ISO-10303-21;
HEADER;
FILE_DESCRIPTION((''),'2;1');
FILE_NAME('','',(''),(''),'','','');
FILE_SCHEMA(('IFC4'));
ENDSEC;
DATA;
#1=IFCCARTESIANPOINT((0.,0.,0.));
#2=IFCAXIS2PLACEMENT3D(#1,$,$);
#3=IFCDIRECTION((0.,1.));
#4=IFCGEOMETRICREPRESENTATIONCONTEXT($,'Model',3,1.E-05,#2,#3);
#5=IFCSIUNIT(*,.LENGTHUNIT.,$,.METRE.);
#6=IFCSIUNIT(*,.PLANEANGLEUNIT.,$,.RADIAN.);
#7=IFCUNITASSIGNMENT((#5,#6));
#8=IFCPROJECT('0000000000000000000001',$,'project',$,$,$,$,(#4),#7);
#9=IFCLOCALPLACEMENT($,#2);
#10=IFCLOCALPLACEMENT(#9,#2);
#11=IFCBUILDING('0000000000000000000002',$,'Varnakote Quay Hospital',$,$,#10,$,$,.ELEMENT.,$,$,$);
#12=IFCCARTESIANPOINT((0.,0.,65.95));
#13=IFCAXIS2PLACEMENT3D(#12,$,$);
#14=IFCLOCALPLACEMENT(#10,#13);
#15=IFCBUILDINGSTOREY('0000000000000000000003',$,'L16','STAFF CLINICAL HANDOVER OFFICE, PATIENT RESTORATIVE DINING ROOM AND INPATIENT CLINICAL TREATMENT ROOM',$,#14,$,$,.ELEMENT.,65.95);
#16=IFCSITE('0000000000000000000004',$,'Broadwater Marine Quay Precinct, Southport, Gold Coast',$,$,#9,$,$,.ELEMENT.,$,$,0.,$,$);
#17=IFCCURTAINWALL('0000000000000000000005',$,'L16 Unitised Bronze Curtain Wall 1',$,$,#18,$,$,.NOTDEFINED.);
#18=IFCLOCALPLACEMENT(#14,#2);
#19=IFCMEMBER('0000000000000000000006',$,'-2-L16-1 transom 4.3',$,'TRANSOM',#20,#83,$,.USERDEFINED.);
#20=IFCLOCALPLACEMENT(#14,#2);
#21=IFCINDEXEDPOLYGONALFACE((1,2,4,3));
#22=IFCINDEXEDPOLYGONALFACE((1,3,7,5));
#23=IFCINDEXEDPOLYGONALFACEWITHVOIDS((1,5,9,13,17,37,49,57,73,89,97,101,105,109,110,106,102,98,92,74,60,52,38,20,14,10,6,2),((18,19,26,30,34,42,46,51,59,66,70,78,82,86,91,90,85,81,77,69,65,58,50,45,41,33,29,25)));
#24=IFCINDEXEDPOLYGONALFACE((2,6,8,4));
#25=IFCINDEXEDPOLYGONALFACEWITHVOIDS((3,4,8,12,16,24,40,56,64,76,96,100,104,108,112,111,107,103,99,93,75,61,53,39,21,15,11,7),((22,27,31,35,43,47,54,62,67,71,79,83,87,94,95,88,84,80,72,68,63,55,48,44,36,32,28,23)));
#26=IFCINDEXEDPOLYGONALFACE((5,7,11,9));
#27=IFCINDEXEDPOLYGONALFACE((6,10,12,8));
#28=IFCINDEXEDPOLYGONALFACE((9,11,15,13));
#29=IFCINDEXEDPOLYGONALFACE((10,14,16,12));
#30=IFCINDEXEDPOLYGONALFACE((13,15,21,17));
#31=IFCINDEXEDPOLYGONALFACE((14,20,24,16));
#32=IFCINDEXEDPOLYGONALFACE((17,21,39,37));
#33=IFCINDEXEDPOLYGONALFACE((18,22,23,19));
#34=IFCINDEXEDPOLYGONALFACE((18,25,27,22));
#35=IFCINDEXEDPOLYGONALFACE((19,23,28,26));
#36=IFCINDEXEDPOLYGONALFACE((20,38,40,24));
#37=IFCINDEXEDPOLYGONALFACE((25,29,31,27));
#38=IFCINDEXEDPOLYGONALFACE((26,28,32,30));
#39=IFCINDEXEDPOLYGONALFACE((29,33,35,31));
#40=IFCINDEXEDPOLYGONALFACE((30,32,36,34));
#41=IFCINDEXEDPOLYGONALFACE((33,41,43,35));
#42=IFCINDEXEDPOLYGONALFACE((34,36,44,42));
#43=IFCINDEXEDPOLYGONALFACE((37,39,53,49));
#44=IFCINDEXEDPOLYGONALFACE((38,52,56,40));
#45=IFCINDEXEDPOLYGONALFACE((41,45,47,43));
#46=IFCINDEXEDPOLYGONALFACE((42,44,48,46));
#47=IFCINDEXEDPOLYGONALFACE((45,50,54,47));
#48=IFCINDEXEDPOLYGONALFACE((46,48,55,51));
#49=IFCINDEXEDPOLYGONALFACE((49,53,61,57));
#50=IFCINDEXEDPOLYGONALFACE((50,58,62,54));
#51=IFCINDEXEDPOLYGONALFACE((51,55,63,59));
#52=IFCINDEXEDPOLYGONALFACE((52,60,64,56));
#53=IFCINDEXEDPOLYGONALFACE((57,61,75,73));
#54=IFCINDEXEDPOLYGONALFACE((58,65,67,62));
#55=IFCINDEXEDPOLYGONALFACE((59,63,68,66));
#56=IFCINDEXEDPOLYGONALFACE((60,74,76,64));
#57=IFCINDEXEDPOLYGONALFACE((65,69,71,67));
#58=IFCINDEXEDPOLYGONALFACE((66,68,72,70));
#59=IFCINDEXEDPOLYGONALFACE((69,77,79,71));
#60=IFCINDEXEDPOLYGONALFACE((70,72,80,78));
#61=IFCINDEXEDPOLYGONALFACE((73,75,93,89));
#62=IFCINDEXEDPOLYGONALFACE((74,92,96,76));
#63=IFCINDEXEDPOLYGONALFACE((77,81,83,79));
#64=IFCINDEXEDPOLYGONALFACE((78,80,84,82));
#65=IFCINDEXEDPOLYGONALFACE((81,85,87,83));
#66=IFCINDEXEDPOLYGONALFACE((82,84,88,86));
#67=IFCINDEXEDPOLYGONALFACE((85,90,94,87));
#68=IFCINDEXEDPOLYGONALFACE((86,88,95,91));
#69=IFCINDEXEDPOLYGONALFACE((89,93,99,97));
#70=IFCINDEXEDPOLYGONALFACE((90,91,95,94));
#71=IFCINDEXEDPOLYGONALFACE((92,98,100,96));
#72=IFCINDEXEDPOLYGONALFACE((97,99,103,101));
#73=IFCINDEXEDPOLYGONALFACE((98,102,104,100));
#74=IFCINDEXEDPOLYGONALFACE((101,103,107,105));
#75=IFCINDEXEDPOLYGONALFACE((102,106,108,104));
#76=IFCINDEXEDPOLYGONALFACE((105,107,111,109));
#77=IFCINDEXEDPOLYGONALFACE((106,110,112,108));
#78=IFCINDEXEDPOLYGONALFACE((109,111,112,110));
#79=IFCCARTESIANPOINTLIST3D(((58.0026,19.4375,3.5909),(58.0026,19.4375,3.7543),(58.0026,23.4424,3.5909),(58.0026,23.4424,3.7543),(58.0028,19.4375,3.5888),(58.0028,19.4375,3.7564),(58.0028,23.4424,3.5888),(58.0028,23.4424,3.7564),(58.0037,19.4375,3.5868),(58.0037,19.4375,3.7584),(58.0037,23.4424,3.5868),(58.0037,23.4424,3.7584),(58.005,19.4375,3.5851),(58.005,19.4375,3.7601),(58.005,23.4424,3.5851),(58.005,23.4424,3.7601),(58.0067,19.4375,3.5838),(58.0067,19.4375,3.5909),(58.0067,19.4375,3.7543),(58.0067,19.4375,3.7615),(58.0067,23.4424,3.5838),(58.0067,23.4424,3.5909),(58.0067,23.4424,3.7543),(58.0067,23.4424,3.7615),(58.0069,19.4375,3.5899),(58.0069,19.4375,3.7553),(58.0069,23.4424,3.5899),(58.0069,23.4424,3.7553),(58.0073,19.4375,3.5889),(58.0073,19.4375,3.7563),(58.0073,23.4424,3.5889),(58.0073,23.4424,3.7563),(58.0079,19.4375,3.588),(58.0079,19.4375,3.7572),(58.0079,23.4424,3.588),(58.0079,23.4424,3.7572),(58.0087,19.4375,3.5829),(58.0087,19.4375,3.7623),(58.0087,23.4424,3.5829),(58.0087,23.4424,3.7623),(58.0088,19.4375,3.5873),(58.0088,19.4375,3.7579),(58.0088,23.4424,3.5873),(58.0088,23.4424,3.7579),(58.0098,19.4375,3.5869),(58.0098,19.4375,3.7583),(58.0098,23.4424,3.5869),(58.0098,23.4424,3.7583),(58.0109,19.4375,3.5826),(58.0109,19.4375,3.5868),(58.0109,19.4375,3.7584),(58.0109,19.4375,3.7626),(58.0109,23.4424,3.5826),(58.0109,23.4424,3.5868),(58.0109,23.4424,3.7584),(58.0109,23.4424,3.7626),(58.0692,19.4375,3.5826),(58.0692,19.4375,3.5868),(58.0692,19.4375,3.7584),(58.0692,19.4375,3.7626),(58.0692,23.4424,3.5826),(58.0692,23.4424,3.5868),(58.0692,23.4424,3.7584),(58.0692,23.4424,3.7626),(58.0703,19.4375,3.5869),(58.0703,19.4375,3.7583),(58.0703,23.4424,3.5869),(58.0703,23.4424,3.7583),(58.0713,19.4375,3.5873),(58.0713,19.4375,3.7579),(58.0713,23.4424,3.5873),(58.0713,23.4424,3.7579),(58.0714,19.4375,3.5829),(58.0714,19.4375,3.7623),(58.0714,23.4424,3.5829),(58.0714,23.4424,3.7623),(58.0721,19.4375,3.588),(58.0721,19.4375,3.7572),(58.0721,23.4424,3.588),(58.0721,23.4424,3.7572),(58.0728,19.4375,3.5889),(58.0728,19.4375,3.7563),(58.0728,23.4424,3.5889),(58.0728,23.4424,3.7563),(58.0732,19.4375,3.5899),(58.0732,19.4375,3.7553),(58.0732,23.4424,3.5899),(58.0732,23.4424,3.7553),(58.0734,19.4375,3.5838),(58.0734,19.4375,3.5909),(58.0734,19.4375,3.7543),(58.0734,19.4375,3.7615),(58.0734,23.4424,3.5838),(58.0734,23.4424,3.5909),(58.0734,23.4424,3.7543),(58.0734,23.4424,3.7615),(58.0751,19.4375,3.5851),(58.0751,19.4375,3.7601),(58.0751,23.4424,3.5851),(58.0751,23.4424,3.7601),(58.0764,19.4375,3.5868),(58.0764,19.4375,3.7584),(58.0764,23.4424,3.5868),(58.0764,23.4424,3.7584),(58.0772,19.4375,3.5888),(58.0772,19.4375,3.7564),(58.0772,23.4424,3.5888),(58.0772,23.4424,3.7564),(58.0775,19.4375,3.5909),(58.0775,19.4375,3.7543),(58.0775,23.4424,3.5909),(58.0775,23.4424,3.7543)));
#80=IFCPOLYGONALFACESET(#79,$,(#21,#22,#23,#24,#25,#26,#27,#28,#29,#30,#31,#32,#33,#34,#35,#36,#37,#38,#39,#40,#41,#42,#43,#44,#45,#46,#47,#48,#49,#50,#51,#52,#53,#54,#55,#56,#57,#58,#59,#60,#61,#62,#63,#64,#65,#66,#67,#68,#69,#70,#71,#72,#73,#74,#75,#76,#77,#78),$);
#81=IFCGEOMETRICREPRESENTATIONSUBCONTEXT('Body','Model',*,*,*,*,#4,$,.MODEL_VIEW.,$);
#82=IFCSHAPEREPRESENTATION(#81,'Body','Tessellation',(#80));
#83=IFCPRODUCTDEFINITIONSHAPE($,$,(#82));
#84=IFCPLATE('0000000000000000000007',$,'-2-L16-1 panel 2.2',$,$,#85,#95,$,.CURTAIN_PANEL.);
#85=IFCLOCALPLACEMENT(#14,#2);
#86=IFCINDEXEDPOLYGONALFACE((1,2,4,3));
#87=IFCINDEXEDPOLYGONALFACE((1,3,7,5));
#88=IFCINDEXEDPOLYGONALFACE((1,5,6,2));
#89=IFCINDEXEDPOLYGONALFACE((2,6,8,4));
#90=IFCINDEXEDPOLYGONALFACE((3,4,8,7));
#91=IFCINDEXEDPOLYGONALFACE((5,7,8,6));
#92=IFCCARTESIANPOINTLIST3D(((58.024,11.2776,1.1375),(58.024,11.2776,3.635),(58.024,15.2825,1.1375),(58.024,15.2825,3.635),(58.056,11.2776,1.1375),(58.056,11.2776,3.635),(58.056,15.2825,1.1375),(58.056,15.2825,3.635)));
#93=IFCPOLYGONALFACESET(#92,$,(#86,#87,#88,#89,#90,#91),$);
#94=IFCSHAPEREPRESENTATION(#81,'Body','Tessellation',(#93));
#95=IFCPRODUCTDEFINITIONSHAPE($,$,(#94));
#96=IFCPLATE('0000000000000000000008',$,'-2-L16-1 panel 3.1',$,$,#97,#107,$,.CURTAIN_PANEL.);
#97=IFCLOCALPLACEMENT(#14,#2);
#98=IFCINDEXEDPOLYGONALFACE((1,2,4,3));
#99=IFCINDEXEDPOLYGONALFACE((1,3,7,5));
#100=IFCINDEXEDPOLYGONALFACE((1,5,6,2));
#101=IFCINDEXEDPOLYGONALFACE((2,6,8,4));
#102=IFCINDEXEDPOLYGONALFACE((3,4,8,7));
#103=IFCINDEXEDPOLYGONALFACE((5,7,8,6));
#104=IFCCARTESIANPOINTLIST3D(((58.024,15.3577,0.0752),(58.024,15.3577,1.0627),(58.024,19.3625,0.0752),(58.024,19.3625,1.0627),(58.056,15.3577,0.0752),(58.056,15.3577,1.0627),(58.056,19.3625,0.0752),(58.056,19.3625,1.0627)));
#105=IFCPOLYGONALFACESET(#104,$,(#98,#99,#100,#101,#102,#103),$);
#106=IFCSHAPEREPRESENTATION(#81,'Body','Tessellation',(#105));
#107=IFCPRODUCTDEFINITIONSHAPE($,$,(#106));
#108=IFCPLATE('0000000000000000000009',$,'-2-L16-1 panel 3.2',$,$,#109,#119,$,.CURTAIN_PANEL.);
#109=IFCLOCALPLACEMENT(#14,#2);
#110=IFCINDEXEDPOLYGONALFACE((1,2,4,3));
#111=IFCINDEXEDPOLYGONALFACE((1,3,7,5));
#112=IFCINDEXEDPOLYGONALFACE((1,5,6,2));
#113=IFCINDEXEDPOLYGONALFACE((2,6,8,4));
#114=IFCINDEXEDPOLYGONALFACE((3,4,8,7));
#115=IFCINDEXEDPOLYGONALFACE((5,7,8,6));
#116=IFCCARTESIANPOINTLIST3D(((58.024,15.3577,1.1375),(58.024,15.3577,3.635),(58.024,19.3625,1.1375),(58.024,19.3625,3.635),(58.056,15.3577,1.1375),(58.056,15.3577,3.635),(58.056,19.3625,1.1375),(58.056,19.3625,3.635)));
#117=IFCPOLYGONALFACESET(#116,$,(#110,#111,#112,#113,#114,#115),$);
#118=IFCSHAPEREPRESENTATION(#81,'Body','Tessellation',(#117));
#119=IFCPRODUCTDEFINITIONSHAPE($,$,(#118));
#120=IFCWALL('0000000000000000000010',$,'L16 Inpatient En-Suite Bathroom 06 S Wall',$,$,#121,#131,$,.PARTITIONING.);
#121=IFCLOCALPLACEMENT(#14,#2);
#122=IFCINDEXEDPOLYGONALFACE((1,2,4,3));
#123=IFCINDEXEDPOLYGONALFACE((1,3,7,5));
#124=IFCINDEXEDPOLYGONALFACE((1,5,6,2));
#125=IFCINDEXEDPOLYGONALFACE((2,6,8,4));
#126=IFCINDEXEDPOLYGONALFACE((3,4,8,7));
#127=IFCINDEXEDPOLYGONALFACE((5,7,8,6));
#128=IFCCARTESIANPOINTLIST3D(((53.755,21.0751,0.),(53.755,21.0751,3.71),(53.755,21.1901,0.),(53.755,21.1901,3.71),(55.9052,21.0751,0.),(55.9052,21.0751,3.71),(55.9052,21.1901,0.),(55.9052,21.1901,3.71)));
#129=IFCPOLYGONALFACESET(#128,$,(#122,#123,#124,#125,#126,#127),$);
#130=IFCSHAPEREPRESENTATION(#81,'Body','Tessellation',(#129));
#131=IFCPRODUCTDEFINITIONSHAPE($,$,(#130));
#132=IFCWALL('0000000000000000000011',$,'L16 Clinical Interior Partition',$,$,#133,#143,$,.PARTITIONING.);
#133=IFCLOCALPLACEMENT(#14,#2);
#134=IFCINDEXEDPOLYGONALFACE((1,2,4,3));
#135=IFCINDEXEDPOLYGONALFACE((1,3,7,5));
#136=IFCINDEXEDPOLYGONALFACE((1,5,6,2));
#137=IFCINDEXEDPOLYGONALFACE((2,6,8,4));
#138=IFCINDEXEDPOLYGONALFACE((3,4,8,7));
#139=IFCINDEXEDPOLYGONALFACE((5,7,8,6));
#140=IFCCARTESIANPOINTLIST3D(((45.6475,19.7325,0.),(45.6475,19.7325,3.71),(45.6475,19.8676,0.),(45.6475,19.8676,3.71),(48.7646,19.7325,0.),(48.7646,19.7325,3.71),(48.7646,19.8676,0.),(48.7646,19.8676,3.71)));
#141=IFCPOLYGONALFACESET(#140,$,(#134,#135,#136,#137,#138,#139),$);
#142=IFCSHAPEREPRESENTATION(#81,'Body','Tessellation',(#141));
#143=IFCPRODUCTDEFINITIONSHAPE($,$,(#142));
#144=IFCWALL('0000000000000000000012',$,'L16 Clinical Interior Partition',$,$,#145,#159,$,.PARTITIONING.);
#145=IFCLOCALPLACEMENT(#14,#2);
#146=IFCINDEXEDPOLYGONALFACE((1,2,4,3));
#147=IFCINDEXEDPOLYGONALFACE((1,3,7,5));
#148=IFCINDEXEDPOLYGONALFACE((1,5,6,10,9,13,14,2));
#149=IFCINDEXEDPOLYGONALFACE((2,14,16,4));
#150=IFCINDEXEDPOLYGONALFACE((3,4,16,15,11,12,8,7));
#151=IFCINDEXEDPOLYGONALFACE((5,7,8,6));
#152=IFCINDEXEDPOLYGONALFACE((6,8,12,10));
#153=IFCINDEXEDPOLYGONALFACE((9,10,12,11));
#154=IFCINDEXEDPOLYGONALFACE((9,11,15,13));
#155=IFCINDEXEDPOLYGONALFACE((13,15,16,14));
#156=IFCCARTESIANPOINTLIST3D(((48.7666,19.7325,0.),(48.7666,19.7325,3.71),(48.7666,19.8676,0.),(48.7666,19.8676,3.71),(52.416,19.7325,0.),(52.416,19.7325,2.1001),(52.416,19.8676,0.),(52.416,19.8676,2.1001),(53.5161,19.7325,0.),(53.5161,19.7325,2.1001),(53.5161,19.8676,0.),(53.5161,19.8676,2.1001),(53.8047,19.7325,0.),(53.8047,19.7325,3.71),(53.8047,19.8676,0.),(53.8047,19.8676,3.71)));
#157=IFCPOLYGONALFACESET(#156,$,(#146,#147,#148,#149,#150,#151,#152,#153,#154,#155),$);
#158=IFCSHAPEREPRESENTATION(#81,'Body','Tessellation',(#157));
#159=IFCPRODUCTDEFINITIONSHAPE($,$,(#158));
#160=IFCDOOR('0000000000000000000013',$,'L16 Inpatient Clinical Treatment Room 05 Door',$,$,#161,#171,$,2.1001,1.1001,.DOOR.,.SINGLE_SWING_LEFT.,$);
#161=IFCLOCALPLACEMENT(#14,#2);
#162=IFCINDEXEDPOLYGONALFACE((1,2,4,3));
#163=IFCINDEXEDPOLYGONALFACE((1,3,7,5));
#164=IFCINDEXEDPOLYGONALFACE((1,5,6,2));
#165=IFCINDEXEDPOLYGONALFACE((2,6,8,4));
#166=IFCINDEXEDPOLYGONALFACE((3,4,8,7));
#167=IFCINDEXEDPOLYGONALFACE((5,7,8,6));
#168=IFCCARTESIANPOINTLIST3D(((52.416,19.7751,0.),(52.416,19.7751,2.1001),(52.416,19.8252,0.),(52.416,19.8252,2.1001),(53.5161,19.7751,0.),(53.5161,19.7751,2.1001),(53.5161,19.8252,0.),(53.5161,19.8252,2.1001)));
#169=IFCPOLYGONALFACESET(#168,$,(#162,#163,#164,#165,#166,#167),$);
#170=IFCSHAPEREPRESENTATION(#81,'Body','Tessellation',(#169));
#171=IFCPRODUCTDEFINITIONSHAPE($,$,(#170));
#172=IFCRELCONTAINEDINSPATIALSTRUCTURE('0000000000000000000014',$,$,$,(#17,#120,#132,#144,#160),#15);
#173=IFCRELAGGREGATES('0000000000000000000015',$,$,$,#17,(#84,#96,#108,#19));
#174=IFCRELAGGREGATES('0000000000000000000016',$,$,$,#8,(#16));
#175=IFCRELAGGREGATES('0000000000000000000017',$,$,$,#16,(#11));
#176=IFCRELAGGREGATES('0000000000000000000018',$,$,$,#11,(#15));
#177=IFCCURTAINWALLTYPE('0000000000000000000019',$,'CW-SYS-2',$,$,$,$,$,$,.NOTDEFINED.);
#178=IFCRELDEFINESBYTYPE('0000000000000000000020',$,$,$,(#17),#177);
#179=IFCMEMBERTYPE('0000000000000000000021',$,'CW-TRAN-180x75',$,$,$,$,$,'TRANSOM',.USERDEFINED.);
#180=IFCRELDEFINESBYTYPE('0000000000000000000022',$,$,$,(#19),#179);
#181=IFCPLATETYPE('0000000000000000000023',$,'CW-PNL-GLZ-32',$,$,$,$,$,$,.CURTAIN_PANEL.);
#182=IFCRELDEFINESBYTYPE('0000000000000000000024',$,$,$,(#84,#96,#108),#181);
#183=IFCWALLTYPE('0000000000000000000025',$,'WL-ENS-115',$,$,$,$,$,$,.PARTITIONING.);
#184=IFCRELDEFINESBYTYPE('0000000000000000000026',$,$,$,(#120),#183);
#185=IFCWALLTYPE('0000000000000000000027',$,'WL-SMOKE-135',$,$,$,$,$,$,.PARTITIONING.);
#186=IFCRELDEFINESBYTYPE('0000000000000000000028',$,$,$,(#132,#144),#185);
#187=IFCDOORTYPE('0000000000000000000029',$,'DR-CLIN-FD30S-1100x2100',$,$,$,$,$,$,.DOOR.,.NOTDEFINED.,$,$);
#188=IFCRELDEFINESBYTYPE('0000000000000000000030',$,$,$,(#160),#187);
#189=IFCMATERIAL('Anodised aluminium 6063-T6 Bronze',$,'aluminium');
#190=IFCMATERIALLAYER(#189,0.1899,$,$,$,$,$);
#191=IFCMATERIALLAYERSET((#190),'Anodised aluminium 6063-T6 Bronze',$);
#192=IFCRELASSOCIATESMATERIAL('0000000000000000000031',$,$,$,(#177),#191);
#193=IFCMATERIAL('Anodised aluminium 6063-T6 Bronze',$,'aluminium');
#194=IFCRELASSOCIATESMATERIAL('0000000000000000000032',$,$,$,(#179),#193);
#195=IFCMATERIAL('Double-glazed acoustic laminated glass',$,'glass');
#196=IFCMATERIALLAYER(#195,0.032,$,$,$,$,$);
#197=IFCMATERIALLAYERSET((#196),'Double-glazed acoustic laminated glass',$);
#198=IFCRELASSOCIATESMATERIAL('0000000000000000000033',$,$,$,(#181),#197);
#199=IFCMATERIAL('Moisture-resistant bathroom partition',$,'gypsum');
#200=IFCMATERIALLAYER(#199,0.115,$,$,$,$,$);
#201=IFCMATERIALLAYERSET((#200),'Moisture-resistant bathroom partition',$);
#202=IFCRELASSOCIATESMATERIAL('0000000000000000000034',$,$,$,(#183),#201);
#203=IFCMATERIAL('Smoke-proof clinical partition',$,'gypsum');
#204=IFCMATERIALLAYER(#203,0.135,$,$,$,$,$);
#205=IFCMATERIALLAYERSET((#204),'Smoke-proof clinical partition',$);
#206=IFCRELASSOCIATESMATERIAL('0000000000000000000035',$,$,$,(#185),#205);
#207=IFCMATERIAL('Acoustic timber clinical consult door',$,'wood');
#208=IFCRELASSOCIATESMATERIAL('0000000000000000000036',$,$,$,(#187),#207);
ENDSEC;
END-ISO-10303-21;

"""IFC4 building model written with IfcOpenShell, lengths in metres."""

from ifc_helpers import new_model, si_unit, direction, frame, frame_2d, origin, origin_2d, place, context, subcontext, project, spatial, rectangle, hollow_rectangle, extrude, material, layer, layer_set, material_profile, profile_set, type_object, element, fill, aggregate, save


model = new_model("IFC4")

# Units and contexts
model_context = context("Model", 3, precision=1e-05, world=origin(), true_north=direction((0.0, 1.0)))
body_context = subcontext(model_context, "Body", "Model", "MODEL_VIEW")
ifc_project = project(units=[si_unit("LENGTHUNIT", "METRE"), si_unit("PLANEANGLEUNIT", "RADIAN")], contexts=[model_context])

# Site, building, storey
site_placement = place(None, origin())
site = spatial("IfcSite", under=ifc_project, at=site_placement, Name="Broadwater Marine Quay Precinct, Southport, Gold Coast", CompositionType="ELEMENT", RefElevation=0.0)
building_placement = place(site_placement, origin())
building = spatial("IfcBuilding", under=site, at=building_placement, Name="Varnakote Quay Hospital", CompositionType="ELEMENT")
storey_placement = place(building_placement, frame((0.0, 0.0, 65.95)))
storey = spatial("IfcBuildingStorey", under=building, at=storey_placement, Name="L16", Description="STAFF CLINICAL HANDOVER OFFICE, PATIENT RESTORATIVE DINING ROOM AND INPATIENT CLINICAL TREATMENT ROOM", CompositionType="ELEMENT", Elevation=65.95)

# Curtain wall, member, plates
ifc_material_1 = material(Name="Anodised aluminium 6063-T6 Bronze", Category="aluminium")
ifc_layer_1 = layer(ifc_material_1, 0.1899)
ifc_layer_set_1 = layer_set([ifc_layer_1], Name="Anodised aluminium 6063-T6 Bronze")
curtain_wall_type = type_object("IfcCurtainWallType", Name="CW-SYS-2", PredefinedType="NOTDEFINED", material=ifc_layer_set_1)
curtain_wall_placement = place(storey_placement, origin())
curtain_wall = element("IfcCurtainWall", 1, at=curtain_wall_placement, inside=storey, type_object=curtain_wall_type, Name="L16 Unitised Bronze Curtain Wall 1", PredefinedType="NOTDEFINED")
ifc_material_2 = material(Name="Anodised aluminium 6063-T6 Bronze", Category="aluminium")
ifc_material_profile_1 = material_profile(ifc_material_2, hollow_rectangle(XDim=0.075, YDim=0.1799, WallThickness=0.0042, InnerFilletRadius=0.0042, OuterFilletRadius=0.0083, at=origin_2d()), Name="CW-TRAN-180x75")
ifc_profile_set_1 = profile_set([ifc_material_profile_1], Name="Anodised aluminium 6063-T6 Bronze")
member_type_1 = type_object("IfcMemberType", Name="CW-TRAN-180x75", ElementType="TRANSOM", PredefinedType="USERDEFINED", material=ifc_profile_set_1)
member_1_placement = place(storey_placement, frame((58.04, 19.4375, 3.6726), z_axis=(0.0, 1.0, 0.0), x_axis=(-1.0, 0.0, 0.0)))
member_1 = element("IfcMember", 2, at=member_1_placement, type_object=member_type_1, Name="-2-L16-1 transom 4.3", ObjectType="TRANSOM", PredefinedType="USERDEFINED", context=body_context, shape_type="SweptSolid", body=[
    extrude(hollow_rectangle(XDim=0.075, YDim=0.1799, WallThickness=0.0042, InnerFilletRadius=0.0042, OuterFilletRadius=0.0083, at=origin_2d()), origin(), (0.0, 0.0, 1.0), 4.0049),
])
ifc_material_3 = material(Name="Double-glazed acoustic laminated glass", Category="glass")
ifc_layer_2 = layer(ifc_material_3, 0.032)
ifc_layer_set_2 = layer_set([ifc_layer_2], Name="Double-glazed acoustic laminated glass")
plate_type = type_object("IfcPlateType", Name="CW-PNL-GLZ-32", PredefinedType="CURTAIN_PANEL", material=ifc_layer_set_2)
plate_1_placement = place(storey_placement, frame((58.04, 13.28, 1.1375), z_axis=(0.0, 0.0, 1.0), x_axis=(0.0, 1.0, 0.0)))
plate_1 = element("IfcPlate", 3, at=plate_1_placement, type_object=plate_type, Name="-2-L16-1 panel 2.2", PredefinedType="CURTAIN_PANEL", context=body_context, shape_type="SweptSolid", body=[
    extrude(rectangle(XDim=4.0049, YDim=0.032, at=origin_2d()), origin(), (0.0, 0.0, 1.0), 2.4976),
])
plate_2_placement = place(storey_placement, frame((58.04, 17.3601, 0.0752), z_axis=(0.0, 0.0, 1.0), x_axis=(0.0, 1.0, 0.0)))
plate_2 = element("IfcPlate", 4, at=plate_2_placement, type_object=plate_type, Name="-2-L16-1 panel 3.1", PredefinedType="CURTAIN_PANEL", context=body_context, shape_type="SweptSolid", body=[
    extrude(rectangle(XDim=4.0049, YDim=0.032, at=origin_2d()), origin(), (0.0, 0.0, 1.0), 0.9875),
])
plate_3_placement = place(storey_placement, frame((58.04, 17.3601, 1.1375), z_axis=(0.0, 0.0, 1.0), x_axis=(0.0, 1.0, 0.0)))
plate_3 = element("IfcPlate", 5, at=plate_3_placement, type_object=plate_type, Name="-2-L16-1 panel 3.2", PredefinedType="CURTAIN_PANEL", context=body_context, shape_type="SweptSolid", body=[
    extrude(rectangle(XDim=4.0049, YDim=0.032, at=origin_2d()), origin(), (0.0, 0.0, 1.0), 2.4976),
])
aggregate(curtain_wall, [plate_1, plate_2, plate_3, member_1])

# Walls
ifc_material_4 = material(Name="Moisture-resistant bathroom partition", Category="gypsum")
ifc_layer_3 = layer(ifc_material_4, 0.115)
ifc_layer_set_3 = layer_set([ifc_layer_3], Name="Moisture-resistant bathroom partition")
wall_type_1 = type_object("IfcWallType", Name="WL-ENS-115", PredefinedType="PARTITIONING", material=ifc_layer_set_3)
wall_1_placement = place(storey_placement, frame((53.7549, 21.1326, 0.0), z_axis=(0.0, 0.0, 1.0), x_axis=(1.0, 0.0, 0.0)))
element("IfcWall", 6, at=wall_1_placement, inside=storey, type_object=wall_type_1, Name="L16 Inpatient En-Suite Bathroom 06 S Wall", PredefinedType="PARTITIONING", context=body_context, shape_type="SweptSolid", body=[
    extrude(rectangle(XDim=2.1501, YDim=0.115, at=frame_2d((1.0752, 0.0))), origin(), (0.0, 0.0, 1.0), 3.71),
])
ifc_material_5 = material(Name="Smoke-proof clinical partition", Category="gypsum")
ifc_layer_4 = layer(ifc_material_5, 0.135)
ifc_layer_set_4 = layer_set([ifc_layer_4], Name="Smoke-proof clinical partition")
wall_type_2 = type_object("IfcWallType", Name="WL-SMOKE-135", PredefinedType="PARTITIONING", material=ifc_layer_set_4)
wall_2_placement = place(storey_placement, frame((48.7646, 19.8, 0.0), z_axis=(0.0, 0.0, 1.0), x_axis=(-1.0, 0.0, 0.0)))
element("IfcWall", 7, at=wall_2_placement, inside=storey, type_object=wall_type_2, Name="L16 Clinical Interior Partition", PredefinedType="PARTITIONING", context=body_context, shape_type="SweptSolid", body=[
    extrude(rectangle(XDim=3.1172, YDim=0.135, at=frame_2d((1.5586, 0.0))), origin(), (0.0, 0.0, 1.0), 3.71),
])

# Wall, opening, door
wall_3_placement = place(storey_placement, frame((53.8047, 19.8, 0.0), z_axis=(0.0, 0.0, 1.0), x_axis=(-1.0, 0.0, 0.0)))
wall_3 = element("IfcWall", 8, at=wall_3_placement, inside=storey, type_object=wall_type_2, Name="L16 Clinical Interior Partition", PredefinedType="PARTITIONING", context=body_context, shape_type="SweptSolid", body=[
    extrude(rectangle(XDim=5.0381, YDim=0.135, at=frame_2d((2.519, 0.0))), origin(), (0.0, 0.0, 1.0), 3.71),
])
opening_1_placement = place(wall_3_placement, frame((0.2886, 0.0, 0.0)))
opening_1 = element("IfcOpeningElement", 9, at=opening_1_placement, cuts=wall_3, PredefinedType="OPENING", context=body_context, shape_type="SweptSolid", body=[
    extrude(rectangle(XDim=1.1001, YDim=2.1001, at=frame_2d((0.55, 1.05))), frame((0.0, 0.0774, 0.0), z_axis=(0.0, -1.0, 0.0), x_axis=(1.0, 0.0, 0.0)), (0.0, 0.0, 1.0), 0.155),
])
ifc_material_6 = material(Name="Acoustic timber clinical consult door", Category="wood")
door_type = type_object("IfcDoorType", Name="DR-CLIN-FD30S-1100x2100", OperationType="NOTDEFINED", PredefinedType="DOOR", material=ifc_material_6)
door_1_placement = place(opening_1_placement, origin())
door_1 = element("IfcDoor", 10, at=door_1_placement, inside=storey, type_object=door_type, Name="L16 Inpatient Clinical Treatment Room 05 Door", OperationType="SINGLE_SWING_LEFT", OverallHeight=2.1001, OverallWidth=1.1001, PredefinedType="DOOR", context=body_context, shape_type="SweptSolid", body=[
    extrude(rectangle(XDim=1.1001, YDim=2.1001, at=frame_2d((0.55, 1.05))), frame((0.0, 0.0249, 0.0), z_axis=(0.0, -1.0, 0.0), x_axis=(1.0, 0.0, 0.0)), (0.0, 0.0, 1.0), 0.05),
])
fill(opening_1, door_1)

save(model, "model.ifc")
